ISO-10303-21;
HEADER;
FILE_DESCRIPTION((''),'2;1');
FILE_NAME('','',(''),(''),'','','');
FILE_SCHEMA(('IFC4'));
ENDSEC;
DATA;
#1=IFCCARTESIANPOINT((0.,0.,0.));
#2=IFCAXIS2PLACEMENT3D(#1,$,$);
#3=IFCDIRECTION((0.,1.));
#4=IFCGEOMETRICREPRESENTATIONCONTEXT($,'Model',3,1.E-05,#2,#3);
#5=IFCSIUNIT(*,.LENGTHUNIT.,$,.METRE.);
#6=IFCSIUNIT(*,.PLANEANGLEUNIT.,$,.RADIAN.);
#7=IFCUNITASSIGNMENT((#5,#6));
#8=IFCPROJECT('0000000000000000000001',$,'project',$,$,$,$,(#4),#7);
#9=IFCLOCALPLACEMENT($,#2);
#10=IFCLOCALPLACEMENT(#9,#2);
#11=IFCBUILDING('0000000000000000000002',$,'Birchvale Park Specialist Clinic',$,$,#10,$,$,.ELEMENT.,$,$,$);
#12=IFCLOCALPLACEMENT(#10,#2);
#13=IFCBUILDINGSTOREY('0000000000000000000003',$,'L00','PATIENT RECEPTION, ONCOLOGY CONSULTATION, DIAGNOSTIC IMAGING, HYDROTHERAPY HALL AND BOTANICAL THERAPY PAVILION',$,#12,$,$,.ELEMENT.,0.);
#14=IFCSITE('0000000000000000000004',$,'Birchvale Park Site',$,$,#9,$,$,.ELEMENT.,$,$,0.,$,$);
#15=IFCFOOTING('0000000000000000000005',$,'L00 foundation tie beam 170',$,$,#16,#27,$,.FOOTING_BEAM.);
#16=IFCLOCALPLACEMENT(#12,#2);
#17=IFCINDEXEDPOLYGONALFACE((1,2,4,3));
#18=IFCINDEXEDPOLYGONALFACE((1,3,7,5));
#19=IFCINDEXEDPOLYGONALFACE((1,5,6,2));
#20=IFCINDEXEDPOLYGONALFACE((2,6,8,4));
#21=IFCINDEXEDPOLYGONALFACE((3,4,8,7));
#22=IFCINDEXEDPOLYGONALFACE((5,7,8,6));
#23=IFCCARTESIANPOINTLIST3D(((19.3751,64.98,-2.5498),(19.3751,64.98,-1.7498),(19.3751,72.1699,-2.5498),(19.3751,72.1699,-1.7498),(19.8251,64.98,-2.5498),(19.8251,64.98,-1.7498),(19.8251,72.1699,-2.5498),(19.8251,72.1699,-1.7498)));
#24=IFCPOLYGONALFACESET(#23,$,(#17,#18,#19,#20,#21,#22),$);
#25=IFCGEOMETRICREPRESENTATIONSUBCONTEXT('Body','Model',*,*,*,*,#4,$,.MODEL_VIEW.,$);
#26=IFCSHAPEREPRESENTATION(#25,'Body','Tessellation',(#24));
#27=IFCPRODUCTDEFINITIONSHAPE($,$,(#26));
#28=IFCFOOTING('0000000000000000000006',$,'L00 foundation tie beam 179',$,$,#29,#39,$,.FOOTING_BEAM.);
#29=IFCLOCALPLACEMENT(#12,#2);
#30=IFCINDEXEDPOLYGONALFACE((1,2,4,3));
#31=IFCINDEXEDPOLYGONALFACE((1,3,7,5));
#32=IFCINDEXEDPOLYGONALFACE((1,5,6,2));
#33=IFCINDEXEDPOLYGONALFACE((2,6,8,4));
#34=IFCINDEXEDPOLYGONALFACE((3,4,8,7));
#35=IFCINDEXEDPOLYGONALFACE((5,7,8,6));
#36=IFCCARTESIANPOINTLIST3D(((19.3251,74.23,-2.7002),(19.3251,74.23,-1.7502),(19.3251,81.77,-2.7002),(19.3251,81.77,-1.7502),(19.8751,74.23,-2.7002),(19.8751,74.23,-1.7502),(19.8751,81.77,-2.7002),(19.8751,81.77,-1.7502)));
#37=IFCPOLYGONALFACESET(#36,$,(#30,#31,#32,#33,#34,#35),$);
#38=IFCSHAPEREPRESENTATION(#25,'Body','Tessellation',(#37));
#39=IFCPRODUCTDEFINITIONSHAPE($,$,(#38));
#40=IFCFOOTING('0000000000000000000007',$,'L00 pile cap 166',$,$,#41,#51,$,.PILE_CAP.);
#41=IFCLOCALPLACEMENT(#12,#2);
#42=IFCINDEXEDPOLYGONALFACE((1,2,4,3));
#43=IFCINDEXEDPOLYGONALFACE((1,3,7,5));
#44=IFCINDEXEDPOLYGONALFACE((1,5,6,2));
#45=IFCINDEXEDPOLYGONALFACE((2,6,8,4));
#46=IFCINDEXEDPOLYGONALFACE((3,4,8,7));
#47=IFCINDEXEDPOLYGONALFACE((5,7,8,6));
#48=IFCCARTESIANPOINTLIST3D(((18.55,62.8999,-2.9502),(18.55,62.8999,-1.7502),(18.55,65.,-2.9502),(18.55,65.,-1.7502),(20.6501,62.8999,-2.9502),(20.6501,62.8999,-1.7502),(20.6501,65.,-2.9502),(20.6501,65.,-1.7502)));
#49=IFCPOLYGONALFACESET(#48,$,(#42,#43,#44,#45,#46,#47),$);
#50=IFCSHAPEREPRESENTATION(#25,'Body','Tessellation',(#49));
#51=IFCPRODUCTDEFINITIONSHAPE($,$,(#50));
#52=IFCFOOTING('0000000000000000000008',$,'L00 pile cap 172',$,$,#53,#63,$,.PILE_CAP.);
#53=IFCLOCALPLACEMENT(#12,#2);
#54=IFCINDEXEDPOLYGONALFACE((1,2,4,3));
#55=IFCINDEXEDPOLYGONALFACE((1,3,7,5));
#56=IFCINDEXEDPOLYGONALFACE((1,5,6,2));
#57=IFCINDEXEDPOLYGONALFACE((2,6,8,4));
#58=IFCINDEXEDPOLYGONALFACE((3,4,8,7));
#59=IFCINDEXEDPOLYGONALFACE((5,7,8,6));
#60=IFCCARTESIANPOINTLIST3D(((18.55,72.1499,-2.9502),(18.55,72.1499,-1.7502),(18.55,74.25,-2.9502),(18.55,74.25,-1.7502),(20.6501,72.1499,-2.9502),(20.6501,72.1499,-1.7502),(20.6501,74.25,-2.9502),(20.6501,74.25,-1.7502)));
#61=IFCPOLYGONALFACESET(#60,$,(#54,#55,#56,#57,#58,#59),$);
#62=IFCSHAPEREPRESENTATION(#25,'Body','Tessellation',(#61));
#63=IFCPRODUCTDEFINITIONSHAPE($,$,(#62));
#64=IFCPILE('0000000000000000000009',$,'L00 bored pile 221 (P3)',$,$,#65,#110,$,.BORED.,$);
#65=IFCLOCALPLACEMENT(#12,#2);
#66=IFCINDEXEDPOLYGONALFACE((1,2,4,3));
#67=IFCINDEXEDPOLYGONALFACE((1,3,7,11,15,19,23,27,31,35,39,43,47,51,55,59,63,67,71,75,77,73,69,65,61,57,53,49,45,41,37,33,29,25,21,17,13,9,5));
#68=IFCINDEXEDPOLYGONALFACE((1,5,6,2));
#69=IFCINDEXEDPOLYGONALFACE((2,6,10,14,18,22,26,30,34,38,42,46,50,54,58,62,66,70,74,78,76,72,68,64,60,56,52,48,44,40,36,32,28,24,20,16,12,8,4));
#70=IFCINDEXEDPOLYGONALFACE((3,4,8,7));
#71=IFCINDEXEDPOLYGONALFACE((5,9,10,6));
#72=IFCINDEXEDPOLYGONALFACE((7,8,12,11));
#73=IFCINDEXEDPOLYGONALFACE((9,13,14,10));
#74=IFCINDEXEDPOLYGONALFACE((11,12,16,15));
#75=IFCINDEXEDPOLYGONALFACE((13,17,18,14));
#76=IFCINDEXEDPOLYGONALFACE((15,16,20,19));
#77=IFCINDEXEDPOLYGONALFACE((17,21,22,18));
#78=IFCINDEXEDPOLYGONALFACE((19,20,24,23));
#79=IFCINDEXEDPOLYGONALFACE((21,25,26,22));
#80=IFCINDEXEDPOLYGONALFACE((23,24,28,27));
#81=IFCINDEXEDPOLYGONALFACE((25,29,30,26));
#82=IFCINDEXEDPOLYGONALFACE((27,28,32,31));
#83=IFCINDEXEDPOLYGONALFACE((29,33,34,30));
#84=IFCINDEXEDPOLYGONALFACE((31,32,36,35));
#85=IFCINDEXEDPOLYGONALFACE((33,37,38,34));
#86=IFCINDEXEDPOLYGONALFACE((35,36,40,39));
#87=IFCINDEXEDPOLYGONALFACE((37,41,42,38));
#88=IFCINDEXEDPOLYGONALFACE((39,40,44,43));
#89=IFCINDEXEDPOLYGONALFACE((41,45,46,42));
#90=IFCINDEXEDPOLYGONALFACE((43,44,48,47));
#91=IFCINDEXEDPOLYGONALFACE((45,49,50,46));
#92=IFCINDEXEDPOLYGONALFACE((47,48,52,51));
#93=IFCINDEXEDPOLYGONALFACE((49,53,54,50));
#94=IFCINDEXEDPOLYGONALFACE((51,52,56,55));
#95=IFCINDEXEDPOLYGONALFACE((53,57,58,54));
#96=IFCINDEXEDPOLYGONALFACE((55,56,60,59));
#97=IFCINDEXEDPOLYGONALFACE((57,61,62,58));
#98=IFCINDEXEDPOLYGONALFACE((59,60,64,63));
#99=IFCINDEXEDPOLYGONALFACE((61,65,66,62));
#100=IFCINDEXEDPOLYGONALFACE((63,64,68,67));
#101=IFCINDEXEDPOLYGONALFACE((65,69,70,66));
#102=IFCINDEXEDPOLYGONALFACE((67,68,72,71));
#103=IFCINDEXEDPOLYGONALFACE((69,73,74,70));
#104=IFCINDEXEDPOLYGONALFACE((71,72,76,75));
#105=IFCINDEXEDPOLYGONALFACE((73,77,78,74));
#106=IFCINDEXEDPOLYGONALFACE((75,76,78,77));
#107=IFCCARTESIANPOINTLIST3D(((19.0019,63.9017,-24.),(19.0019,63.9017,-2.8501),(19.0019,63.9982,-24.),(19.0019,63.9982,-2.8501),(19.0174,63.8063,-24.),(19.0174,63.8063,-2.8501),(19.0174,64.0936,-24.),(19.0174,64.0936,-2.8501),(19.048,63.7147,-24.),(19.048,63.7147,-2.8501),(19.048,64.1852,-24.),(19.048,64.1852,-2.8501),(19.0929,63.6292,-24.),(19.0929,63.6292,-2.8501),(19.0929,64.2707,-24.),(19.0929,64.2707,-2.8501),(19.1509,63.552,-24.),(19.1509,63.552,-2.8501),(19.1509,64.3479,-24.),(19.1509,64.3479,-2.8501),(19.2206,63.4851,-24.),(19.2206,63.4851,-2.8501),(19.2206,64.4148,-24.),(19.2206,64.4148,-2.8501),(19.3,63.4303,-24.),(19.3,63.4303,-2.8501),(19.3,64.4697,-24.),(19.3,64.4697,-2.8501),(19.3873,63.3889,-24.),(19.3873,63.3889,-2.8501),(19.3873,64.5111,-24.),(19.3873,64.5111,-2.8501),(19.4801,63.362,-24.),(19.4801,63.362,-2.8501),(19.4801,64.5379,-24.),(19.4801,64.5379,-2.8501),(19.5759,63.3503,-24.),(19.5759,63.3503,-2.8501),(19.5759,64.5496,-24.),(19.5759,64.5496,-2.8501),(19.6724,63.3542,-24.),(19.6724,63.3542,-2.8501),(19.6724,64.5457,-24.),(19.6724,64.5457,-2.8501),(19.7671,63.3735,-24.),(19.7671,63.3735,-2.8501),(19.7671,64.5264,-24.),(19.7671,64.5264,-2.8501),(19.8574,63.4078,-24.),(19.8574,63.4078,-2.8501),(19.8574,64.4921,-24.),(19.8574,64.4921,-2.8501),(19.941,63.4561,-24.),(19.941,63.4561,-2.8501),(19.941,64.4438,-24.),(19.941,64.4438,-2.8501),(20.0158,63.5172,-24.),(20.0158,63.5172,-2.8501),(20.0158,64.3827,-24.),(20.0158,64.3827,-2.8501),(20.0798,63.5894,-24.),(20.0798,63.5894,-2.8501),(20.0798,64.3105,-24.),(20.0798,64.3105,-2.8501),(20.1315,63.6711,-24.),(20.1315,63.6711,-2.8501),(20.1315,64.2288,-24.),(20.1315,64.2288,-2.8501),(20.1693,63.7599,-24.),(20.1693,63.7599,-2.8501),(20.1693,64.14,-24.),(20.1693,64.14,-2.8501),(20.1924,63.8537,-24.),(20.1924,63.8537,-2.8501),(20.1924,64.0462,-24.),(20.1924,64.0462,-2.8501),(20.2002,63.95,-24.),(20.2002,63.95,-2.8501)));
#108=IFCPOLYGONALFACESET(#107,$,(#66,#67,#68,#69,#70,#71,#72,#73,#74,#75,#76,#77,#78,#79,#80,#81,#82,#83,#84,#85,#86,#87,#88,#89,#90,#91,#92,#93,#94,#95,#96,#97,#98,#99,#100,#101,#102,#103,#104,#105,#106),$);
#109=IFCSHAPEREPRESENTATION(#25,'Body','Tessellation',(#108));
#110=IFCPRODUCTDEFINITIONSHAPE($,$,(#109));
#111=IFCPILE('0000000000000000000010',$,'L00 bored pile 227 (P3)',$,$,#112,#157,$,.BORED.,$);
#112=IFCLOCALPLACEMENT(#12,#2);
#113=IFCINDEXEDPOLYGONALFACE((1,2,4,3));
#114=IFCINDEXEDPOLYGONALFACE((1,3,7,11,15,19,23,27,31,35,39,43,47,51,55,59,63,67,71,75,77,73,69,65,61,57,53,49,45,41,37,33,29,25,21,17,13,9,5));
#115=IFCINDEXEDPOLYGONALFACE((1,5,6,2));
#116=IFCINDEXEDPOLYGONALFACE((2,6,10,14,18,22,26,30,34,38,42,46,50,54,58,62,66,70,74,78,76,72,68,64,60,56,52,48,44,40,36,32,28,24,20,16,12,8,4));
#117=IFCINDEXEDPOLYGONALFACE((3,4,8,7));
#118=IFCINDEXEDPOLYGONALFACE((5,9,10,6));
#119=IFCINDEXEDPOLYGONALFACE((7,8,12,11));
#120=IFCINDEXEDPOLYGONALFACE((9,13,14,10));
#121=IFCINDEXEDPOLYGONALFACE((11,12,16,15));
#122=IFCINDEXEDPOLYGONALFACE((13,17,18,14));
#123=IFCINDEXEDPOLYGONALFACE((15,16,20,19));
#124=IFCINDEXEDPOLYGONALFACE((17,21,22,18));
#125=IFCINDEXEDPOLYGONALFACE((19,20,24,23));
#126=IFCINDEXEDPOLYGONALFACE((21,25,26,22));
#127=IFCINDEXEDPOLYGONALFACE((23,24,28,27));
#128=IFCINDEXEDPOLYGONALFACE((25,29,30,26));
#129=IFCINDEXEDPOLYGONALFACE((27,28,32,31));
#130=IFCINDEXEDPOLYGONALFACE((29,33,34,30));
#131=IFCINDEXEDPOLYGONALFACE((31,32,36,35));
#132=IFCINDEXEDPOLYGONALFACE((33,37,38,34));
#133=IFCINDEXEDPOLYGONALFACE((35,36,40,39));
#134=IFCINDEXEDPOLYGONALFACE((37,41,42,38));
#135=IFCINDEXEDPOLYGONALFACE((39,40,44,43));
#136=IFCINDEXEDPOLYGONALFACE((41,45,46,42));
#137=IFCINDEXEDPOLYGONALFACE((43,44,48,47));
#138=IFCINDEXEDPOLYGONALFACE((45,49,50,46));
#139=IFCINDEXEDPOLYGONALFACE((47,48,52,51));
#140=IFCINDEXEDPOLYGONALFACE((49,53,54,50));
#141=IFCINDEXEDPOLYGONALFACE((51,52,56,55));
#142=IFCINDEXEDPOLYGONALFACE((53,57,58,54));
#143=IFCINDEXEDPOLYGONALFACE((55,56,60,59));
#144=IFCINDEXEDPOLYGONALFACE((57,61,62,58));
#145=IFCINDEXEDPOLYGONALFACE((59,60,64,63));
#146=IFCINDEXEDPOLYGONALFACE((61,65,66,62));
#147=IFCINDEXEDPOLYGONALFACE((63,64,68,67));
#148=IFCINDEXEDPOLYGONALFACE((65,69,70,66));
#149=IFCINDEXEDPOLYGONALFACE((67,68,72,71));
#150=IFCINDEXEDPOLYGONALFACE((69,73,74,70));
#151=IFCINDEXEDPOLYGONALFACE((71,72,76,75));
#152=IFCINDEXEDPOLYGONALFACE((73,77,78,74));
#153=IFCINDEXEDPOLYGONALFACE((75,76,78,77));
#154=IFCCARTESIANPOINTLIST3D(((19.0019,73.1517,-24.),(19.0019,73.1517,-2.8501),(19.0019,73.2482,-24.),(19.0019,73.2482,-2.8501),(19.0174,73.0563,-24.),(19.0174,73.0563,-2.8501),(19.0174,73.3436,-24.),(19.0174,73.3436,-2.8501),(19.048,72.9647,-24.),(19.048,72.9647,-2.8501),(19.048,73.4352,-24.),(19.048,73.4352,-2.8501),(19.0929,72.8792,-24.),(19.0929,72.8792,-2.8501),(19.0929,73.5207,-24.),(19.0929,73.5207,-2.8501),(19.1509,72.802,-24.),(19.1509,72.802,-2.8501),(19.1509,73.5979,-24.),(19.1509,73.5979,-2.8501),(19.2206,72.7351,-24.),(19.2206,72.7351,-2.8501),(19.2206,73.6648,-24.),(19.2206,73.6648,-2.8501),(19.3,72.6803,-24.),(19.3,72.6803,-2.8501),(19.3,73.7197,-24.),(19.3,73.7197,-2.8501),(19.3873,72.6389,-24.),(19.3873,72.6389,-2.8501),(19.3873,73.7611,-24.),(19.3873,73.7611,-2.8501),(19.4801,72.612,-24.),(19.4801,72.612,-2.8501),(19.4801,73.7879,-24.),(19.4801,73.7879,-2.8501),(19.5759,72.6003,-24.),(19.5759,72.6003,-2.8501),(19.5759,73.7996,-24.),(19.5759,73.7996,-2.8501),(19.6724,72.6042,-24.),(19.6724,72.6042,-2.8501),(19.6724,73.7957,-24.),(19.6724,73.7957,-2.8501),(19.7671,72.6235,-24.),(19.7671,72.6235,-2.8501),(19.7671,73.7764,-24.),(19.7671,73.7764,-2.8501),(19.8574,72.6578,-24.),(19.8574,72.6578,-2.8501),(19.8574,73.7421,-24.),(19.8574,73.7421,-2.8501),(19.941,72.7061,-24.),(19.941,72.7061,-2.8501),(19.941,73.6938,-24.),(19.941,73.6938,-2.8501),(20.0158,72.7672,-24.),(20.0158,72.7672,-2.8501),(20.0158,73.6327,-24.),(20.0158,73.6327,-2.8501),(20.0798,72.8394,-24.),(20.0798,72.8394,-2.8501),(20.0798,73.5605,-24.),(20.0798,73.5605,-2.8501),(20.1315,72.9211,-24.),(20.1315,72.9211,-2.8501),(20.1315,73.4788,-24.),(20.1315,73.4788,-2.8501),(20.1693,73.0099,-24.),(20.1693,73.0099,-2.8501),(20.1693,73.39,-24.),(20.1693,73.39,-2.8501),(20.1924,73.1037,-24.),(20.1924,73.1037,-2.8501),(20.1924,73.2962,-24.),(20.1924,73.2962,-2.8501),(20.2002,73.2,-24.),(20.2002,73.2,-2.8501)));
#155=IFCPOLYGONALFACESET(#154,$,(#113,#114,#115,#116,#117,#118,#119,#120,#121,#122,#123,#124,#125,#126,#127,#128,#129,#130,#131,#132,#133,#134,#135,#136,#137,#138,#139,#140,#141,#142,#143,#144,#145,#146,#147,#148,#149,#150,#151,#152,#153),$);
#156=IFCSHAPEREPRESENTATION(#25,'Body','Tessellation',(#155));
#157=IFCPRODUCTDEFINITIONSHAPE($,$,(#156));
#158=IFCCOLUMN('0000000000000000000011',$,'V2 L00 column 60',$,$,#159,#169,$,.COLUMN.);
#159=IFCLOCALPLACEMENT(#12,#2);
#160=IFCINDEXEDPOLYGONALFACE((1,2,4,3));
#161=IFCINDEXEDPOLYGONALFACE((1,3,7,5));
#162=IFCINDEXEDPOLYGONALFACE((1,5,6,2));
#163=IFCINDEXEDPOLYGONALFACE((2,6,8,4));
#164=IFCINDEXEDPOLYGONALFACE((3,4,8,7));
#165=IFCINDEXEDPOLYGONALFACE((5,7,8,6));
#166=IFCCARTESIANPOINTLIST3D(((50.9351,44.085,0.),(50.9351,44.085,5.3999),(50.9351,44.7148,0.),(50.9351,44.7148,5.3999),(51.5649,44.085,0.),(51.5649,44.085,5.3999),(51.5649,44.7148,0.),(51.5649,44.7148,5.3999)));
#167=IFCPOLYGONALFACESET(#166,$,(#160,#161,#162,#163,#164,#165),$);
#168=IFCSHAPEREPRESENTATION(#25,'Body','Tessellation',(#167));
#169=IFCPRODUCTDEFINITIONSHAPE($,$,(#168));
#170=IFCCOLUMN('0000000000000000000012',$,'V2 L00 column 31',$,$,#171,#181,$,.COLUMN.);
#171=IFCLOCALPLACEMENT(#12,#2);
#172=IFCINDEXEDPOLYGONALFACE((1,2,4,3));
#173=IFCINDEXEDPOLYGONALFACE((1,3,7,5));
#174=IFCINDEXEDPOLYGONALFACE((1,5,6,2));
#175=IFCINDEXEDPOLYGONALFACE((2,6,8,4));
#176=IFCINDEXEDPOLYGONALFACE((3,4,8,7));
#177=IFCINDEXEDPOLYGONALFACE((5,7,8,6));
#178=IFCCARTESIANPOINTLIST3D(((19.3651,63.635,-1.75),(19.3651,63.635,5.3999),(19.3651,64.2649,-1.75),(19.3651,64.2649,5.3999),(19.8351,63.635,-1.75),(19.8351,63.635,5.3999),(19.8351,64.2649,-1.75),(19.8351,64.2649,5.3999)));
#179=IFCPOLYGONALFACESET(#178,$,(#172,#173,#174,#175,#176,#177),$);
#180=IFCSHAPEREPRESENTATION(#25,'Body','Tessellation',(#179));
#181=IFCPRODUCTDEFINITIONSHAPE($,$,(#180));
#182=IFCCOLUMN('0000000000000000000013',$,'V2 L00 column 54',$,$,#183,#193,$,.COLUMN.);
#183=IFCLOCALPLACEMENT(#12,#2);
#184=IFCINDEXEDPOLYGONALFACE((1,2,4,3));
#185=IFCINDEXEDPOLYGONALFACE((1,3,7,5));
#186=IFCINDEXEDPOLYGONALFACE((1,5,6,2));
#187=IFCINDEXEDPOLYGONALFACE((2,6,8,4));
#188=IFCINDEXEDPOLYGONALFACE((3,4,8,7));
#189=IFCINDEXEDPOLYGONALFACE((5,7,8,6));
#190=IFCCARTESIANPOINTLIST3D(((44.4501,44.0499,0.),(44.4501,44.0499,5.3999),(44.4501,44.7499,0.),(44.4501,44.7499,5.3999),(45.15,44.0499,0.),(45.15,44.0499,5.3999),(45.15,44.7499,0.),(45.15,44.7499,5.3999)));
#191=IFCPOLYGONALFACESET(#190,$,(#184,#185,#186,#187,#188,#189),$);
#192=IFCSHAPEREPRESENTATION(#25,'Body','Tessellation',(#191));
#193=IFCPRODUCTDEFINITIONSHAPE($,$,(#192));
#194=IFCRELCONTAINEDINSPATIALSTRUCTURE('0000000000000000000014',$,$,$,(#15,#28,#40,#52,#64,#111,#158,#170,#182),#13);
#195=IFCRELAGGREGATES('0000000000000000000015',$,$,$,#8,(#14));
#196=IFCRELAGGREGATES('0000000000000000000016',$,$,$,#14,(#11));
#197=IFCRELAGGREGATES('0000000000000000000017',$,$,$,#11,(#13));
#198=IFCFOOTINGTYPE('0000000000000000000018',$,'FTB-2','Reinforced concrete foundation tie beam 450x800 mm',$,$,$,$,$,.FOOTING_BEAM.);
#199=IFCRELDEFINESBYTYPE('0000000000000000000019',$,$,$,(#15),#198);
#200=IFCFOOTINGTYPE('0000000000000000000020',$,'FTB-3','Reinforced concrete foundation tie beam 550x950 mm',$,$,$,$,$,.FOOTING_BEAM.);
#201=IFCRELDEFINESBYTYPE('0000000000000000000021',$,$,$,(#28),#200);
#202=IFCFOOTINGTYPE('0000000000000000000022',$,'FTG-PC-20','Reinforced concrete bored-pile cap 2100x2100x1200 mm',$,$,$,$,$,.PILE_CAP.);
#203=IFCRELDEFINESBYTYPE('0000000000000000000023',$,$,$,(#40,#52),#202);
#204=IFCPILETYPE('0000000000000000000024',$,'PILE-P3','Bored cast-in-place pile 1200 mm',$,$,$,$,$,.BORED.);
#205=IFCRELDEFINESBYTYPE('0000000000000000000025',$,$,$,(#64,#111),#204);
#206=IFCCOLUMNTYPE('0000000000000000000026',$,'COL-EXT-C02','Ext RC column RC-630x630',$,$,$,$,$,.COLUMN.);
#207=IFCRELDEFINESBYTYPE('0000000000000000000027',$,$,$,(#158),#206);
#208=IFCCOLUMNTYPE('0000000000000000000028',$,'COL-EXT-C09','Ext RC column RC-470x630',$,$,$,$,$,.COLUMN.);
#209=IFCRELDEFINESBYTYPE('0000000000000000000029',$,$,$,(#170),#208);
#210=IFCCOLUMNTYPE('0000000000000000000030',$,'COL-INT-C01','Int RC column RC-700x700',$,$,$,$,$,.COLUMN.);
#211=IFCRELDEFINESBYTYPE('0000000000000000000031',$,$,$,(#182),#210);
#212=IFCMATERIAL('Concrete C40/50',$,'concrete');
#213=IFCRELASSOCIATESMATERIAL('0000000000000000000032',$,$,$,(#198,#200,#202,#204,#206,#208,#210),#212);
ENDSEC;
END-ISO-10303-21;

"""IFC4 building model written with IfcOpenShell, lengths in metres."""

from ifc_helpers import new_model, si_unit, direction, frame, origin, origin_2d, place, context, subcontext, project, spatial, rectangle, circle, extrude, material, material_profile, profile_set, type_object, element, save


model = new_model("IFC4")

# Units and contexts
model_context = context("Model", 3, precision=1e-05, world=origin(), true_north=direction((0.0, 1.0)))
body_context = subcontext(model_context, "Body", "Model", "MODEL_VIEW")
ifc_project = project(units=[si_unit("LENGTHUNIT", "METRE"), si_unit("PLANEANGLEUNIT", "RADIAN")], contexts=[model_context])

# Site, building, storey
site_placement = place(None, origin())
site = spatial("IfcSite", under=ifc_project, at=site_placement, Name="Birchvale Park Site", CompositionType="ELEMENT", RefElevation=0.0)
building_placement = place(site_placement, origin())
building = spatial("IfcBuilding", under=site, at=building_placement, Name="Birchvale Park Specialist Clinic", CompositionType="ELEMENT")
storey_placement = place(building_placement, origin())
storey = spatial("IfcBuildingStorey", under=building, at=storey_placement, Name="L00", Description="PATIENT RECEPTION, ONCOLOGY CONSULTATION, DIAGNOSTIC IMAGING, HYDROTHERAPY HALL AND BOTANICAL THERAPY PAVILION", CompositionType="ELEMENT", Elevation=0.0)

# Footings
ifc_material_1 = material(Name="Concrete C40/50", Category="concrete")
footing_type_1 = type_object("IfcFootingType", Name="FTB-2", Description="Reinforced concrete foundation tie beam 450x800 mm", PredefinedType="FOOTING_BEAM", material=ifc_material_1)
footing_1_placement = place(storey_placement, frame((19.6001, 68.575, -2.5498), z_axis=(0.0, 0.0, 1.0), x_axis=(1.0, 0.0, 0.0)))
element("IfcFooting", 1, at=footing_1_placement, inside=storey, type_object=footing_type_1, Name="L00 foundation tie beam 170", PredefinedType="FOOTING_BEAM", context=body_context, shape_type="SweptSolid", body=[
    extrude(rectangle(XDim=0.45, YDim=7.1899, at=origin_2d()), origin(), (0.0, 0.0, 1.0), 0.8),
])
footing_type_2 = type_object("IfcFootingType", Name="FTB-3", Description="Reinforced concrete foundation tie beam 550x950 mm", PredefinedType="FOOTING_BEAM", material=ifc_material_1)
footing_2_placement = place(storey_placement, frame((19.6001, 78.0, -2.7002), z_axis=(0.0, 0.0, 1.0), x_axis=(1.0, 0.0, 0.0)))
element("IfcFooting", 2, at=footing_2_placement, inside=storey, type_object=footing_type_2, Name="L00 foundation tie beam 179", PredefinedType="FOOTING_BEAM", context=body_context, shape_type="SweptSolid", body=[
    extrude(rectangle(XDim=0.55, YDim=7.54, at=origin_2d()), origin(), (0.0, 0.0, 1.0), 0.95),
])
footing_type_3 = type_object("IfcFootingType", Name="FTG-PC-20", Description="Reinforced concrete bored-pile cap 2100x2100x1200 mm", PredefinedType="PILE_CAP", material=ifc_material_1)
for number, where, z_axis, x_axis, name in (
    (3, (19.6001, 63.95, -2.9502), (0.0, 0.0, 1.0), (1.0, 0.0, 0.0), "L00 pile cap 166"),
    (4, (19.6001, 73.2, -2.9502), (0.0, 0.0, 1.0), (1.0, 0.0, 0.0), "L00 pile cap 172"),
):
    element("IfcFooting", number, at=place(storey_placement, frame(where, z_axis=z_axis, x_axis=x_axis)), inside=storey, type_object=footing_type_3, Name=name, PredefinedType="PILE_CAP", context=body_context, shape_type="SweptSolid", body=[
        extrude(rectangle(XDim=2.1001, YDim=2.1001, at=origin_2d()), origin(), (0.0, 0.0, 1.0), 1.2),
    ])

# Piles
ifc_material_profile_1 = material_profile(ifc_material_1, circle(Radius=0.6001, at=origin_2d()), Name="PILE-1200")
ifc_profile_set_1 = profile_set([ifc_material_profile_1], Name="Concrete C40/50")
pile_type = type_object("IfcPileType", Name="PILE-P3", Description="Bored cast-in-place pile 1200 mm", PredefinedType="BORED", material=ifc_profile_set_1)
for number, where, z_axis, x_axis, name in (
    (5, (19.6001, 63.95, -2.8501), (0.0, 0.0, -1.0), (1.0, 0.0, 0.0), "L00 bored pile 221 (P3)"),
    (6, (19.6001, 73.2, -2.8501), (0.0, 0.0, -1.0), (1.0, 0.0, 0.0), "L00 bored pile 227 (P3)"),
):
    element("IfcPile", number, at=place(storey_placement, frame(where, z_axis=z_axis, x_axis=x_axis)), inside=storey, type_object=pile_type, Name=name, PredefinedType="BORED", context=body_context, shape_type="SweptSolid", body=[
        extrude(circle(Radius=0.6001, at=origin_2d()), origin(), (0.0, 0.0, 1.0), 21.1499),
    ])

# Columns
ifc_material_profile_2 = material_profile(ifc_material_1, rectangle(XDim=0.6299, YDim=0.6299, at=origin_2d()), Name="RC-630x630")
ifc_profile_set_2 = profile_set([ifc_material_profile_2], Name="Concrete C40/50")
column_type_1 = type_object("IfcColumnType", Name="COL-EXT-C02", Description="Ext RC column RC-630x630", PredefinedType="COLUMN", material=ifc_profile_set_2)
column_1_placement = place(storey_placement, frame((51.25, 44.3999, 0.0), z_axis=(0.0, 0.0, 1.0), x_axis=(1.0, 0.0, 0.0)))
element("IfcColumn", 7, at=column_1_placement, inside=storey, type_object=column_type_1, Name="V2 L00 column 60", PredefinedType="COLUMN", context=body_context, shape_type="SweptSolid", body=[
    extrude(rectangle(XDim=0.6299, YDim=0.6299, at=origin_2d()), origin(), (0.0, 0.0, 1.0), 5.3999),
])
ifc_material_profile_3 = material_profile(ifc_material_1, rectangle(XDim=0.47, YDim=0.6299, at=origin_2d()), Name="RC-470x630")
ifc_profile_set_3 = profile_set([ifc_material_profile_3], Name="Concrete C40/50")
column_type_2 = type_object("IfcColumnType", Name="COL-EXT-C09", Description="Ext RC column RC-470x630", PredefinedType="COLUMN", material=ifc_profile_set_3)
column_2_placement = place(storey_placement, frame((19.6001, 63.95, -1.75), z_axis=(0.0, 0.0, 1.0), x_axis=(1.0, 0.0, 0.0)))
element("IfcColumn", 8, at=column_2_placement, inside=storey, type_object=column_type_2, Name="V2 L00 column 31", PredefinedType="COLUMN", context=body_context, shape_type="SweptSolid", body=[
    extrude(rectangle(XDim=0.47, YDim=0.6299, at=origin_2d()), origin(), (0.0, 0.0, 1.0), 7.1499),
])
ifc_material_profile_4 = material_profile(ifc_material_1, rectangle(XDim=0.7, YDim=0.7, at=origin_2d()), Name="RC-700x700")
ifc_profile_set_4 = profile_set([ifc_material_profile_4], Name="Concrete C40/50")
column_type_3 = type_object("IfcColumnType", Name="COL-INT-C01", Description="Int RC column RC-700x700", PredefinedType="COLUMN", material=ifc_profile_set_4)
column_3_placement = place(storey_placement, frame((44.8, 44.3999, 0.0), z_axis=(0.0, 0.0, 1.0), x_axis=(1.0, 0.0, 0.0)))
element("IfcColumn", 9, at=column_3_placement, inside=storey, type_object=column_type_3, Name="V2 L00 column 54", PredefinedType="COLUMN", context=body_context, shape_type="SweptSolid", body=[
    extrude(rectangle(XDim=0.7, YDim=0.7, at=origin_2d()), origin(), (0.0, 0.0, 1.0), 5.3999),
])

save(model, "model.ifc")
